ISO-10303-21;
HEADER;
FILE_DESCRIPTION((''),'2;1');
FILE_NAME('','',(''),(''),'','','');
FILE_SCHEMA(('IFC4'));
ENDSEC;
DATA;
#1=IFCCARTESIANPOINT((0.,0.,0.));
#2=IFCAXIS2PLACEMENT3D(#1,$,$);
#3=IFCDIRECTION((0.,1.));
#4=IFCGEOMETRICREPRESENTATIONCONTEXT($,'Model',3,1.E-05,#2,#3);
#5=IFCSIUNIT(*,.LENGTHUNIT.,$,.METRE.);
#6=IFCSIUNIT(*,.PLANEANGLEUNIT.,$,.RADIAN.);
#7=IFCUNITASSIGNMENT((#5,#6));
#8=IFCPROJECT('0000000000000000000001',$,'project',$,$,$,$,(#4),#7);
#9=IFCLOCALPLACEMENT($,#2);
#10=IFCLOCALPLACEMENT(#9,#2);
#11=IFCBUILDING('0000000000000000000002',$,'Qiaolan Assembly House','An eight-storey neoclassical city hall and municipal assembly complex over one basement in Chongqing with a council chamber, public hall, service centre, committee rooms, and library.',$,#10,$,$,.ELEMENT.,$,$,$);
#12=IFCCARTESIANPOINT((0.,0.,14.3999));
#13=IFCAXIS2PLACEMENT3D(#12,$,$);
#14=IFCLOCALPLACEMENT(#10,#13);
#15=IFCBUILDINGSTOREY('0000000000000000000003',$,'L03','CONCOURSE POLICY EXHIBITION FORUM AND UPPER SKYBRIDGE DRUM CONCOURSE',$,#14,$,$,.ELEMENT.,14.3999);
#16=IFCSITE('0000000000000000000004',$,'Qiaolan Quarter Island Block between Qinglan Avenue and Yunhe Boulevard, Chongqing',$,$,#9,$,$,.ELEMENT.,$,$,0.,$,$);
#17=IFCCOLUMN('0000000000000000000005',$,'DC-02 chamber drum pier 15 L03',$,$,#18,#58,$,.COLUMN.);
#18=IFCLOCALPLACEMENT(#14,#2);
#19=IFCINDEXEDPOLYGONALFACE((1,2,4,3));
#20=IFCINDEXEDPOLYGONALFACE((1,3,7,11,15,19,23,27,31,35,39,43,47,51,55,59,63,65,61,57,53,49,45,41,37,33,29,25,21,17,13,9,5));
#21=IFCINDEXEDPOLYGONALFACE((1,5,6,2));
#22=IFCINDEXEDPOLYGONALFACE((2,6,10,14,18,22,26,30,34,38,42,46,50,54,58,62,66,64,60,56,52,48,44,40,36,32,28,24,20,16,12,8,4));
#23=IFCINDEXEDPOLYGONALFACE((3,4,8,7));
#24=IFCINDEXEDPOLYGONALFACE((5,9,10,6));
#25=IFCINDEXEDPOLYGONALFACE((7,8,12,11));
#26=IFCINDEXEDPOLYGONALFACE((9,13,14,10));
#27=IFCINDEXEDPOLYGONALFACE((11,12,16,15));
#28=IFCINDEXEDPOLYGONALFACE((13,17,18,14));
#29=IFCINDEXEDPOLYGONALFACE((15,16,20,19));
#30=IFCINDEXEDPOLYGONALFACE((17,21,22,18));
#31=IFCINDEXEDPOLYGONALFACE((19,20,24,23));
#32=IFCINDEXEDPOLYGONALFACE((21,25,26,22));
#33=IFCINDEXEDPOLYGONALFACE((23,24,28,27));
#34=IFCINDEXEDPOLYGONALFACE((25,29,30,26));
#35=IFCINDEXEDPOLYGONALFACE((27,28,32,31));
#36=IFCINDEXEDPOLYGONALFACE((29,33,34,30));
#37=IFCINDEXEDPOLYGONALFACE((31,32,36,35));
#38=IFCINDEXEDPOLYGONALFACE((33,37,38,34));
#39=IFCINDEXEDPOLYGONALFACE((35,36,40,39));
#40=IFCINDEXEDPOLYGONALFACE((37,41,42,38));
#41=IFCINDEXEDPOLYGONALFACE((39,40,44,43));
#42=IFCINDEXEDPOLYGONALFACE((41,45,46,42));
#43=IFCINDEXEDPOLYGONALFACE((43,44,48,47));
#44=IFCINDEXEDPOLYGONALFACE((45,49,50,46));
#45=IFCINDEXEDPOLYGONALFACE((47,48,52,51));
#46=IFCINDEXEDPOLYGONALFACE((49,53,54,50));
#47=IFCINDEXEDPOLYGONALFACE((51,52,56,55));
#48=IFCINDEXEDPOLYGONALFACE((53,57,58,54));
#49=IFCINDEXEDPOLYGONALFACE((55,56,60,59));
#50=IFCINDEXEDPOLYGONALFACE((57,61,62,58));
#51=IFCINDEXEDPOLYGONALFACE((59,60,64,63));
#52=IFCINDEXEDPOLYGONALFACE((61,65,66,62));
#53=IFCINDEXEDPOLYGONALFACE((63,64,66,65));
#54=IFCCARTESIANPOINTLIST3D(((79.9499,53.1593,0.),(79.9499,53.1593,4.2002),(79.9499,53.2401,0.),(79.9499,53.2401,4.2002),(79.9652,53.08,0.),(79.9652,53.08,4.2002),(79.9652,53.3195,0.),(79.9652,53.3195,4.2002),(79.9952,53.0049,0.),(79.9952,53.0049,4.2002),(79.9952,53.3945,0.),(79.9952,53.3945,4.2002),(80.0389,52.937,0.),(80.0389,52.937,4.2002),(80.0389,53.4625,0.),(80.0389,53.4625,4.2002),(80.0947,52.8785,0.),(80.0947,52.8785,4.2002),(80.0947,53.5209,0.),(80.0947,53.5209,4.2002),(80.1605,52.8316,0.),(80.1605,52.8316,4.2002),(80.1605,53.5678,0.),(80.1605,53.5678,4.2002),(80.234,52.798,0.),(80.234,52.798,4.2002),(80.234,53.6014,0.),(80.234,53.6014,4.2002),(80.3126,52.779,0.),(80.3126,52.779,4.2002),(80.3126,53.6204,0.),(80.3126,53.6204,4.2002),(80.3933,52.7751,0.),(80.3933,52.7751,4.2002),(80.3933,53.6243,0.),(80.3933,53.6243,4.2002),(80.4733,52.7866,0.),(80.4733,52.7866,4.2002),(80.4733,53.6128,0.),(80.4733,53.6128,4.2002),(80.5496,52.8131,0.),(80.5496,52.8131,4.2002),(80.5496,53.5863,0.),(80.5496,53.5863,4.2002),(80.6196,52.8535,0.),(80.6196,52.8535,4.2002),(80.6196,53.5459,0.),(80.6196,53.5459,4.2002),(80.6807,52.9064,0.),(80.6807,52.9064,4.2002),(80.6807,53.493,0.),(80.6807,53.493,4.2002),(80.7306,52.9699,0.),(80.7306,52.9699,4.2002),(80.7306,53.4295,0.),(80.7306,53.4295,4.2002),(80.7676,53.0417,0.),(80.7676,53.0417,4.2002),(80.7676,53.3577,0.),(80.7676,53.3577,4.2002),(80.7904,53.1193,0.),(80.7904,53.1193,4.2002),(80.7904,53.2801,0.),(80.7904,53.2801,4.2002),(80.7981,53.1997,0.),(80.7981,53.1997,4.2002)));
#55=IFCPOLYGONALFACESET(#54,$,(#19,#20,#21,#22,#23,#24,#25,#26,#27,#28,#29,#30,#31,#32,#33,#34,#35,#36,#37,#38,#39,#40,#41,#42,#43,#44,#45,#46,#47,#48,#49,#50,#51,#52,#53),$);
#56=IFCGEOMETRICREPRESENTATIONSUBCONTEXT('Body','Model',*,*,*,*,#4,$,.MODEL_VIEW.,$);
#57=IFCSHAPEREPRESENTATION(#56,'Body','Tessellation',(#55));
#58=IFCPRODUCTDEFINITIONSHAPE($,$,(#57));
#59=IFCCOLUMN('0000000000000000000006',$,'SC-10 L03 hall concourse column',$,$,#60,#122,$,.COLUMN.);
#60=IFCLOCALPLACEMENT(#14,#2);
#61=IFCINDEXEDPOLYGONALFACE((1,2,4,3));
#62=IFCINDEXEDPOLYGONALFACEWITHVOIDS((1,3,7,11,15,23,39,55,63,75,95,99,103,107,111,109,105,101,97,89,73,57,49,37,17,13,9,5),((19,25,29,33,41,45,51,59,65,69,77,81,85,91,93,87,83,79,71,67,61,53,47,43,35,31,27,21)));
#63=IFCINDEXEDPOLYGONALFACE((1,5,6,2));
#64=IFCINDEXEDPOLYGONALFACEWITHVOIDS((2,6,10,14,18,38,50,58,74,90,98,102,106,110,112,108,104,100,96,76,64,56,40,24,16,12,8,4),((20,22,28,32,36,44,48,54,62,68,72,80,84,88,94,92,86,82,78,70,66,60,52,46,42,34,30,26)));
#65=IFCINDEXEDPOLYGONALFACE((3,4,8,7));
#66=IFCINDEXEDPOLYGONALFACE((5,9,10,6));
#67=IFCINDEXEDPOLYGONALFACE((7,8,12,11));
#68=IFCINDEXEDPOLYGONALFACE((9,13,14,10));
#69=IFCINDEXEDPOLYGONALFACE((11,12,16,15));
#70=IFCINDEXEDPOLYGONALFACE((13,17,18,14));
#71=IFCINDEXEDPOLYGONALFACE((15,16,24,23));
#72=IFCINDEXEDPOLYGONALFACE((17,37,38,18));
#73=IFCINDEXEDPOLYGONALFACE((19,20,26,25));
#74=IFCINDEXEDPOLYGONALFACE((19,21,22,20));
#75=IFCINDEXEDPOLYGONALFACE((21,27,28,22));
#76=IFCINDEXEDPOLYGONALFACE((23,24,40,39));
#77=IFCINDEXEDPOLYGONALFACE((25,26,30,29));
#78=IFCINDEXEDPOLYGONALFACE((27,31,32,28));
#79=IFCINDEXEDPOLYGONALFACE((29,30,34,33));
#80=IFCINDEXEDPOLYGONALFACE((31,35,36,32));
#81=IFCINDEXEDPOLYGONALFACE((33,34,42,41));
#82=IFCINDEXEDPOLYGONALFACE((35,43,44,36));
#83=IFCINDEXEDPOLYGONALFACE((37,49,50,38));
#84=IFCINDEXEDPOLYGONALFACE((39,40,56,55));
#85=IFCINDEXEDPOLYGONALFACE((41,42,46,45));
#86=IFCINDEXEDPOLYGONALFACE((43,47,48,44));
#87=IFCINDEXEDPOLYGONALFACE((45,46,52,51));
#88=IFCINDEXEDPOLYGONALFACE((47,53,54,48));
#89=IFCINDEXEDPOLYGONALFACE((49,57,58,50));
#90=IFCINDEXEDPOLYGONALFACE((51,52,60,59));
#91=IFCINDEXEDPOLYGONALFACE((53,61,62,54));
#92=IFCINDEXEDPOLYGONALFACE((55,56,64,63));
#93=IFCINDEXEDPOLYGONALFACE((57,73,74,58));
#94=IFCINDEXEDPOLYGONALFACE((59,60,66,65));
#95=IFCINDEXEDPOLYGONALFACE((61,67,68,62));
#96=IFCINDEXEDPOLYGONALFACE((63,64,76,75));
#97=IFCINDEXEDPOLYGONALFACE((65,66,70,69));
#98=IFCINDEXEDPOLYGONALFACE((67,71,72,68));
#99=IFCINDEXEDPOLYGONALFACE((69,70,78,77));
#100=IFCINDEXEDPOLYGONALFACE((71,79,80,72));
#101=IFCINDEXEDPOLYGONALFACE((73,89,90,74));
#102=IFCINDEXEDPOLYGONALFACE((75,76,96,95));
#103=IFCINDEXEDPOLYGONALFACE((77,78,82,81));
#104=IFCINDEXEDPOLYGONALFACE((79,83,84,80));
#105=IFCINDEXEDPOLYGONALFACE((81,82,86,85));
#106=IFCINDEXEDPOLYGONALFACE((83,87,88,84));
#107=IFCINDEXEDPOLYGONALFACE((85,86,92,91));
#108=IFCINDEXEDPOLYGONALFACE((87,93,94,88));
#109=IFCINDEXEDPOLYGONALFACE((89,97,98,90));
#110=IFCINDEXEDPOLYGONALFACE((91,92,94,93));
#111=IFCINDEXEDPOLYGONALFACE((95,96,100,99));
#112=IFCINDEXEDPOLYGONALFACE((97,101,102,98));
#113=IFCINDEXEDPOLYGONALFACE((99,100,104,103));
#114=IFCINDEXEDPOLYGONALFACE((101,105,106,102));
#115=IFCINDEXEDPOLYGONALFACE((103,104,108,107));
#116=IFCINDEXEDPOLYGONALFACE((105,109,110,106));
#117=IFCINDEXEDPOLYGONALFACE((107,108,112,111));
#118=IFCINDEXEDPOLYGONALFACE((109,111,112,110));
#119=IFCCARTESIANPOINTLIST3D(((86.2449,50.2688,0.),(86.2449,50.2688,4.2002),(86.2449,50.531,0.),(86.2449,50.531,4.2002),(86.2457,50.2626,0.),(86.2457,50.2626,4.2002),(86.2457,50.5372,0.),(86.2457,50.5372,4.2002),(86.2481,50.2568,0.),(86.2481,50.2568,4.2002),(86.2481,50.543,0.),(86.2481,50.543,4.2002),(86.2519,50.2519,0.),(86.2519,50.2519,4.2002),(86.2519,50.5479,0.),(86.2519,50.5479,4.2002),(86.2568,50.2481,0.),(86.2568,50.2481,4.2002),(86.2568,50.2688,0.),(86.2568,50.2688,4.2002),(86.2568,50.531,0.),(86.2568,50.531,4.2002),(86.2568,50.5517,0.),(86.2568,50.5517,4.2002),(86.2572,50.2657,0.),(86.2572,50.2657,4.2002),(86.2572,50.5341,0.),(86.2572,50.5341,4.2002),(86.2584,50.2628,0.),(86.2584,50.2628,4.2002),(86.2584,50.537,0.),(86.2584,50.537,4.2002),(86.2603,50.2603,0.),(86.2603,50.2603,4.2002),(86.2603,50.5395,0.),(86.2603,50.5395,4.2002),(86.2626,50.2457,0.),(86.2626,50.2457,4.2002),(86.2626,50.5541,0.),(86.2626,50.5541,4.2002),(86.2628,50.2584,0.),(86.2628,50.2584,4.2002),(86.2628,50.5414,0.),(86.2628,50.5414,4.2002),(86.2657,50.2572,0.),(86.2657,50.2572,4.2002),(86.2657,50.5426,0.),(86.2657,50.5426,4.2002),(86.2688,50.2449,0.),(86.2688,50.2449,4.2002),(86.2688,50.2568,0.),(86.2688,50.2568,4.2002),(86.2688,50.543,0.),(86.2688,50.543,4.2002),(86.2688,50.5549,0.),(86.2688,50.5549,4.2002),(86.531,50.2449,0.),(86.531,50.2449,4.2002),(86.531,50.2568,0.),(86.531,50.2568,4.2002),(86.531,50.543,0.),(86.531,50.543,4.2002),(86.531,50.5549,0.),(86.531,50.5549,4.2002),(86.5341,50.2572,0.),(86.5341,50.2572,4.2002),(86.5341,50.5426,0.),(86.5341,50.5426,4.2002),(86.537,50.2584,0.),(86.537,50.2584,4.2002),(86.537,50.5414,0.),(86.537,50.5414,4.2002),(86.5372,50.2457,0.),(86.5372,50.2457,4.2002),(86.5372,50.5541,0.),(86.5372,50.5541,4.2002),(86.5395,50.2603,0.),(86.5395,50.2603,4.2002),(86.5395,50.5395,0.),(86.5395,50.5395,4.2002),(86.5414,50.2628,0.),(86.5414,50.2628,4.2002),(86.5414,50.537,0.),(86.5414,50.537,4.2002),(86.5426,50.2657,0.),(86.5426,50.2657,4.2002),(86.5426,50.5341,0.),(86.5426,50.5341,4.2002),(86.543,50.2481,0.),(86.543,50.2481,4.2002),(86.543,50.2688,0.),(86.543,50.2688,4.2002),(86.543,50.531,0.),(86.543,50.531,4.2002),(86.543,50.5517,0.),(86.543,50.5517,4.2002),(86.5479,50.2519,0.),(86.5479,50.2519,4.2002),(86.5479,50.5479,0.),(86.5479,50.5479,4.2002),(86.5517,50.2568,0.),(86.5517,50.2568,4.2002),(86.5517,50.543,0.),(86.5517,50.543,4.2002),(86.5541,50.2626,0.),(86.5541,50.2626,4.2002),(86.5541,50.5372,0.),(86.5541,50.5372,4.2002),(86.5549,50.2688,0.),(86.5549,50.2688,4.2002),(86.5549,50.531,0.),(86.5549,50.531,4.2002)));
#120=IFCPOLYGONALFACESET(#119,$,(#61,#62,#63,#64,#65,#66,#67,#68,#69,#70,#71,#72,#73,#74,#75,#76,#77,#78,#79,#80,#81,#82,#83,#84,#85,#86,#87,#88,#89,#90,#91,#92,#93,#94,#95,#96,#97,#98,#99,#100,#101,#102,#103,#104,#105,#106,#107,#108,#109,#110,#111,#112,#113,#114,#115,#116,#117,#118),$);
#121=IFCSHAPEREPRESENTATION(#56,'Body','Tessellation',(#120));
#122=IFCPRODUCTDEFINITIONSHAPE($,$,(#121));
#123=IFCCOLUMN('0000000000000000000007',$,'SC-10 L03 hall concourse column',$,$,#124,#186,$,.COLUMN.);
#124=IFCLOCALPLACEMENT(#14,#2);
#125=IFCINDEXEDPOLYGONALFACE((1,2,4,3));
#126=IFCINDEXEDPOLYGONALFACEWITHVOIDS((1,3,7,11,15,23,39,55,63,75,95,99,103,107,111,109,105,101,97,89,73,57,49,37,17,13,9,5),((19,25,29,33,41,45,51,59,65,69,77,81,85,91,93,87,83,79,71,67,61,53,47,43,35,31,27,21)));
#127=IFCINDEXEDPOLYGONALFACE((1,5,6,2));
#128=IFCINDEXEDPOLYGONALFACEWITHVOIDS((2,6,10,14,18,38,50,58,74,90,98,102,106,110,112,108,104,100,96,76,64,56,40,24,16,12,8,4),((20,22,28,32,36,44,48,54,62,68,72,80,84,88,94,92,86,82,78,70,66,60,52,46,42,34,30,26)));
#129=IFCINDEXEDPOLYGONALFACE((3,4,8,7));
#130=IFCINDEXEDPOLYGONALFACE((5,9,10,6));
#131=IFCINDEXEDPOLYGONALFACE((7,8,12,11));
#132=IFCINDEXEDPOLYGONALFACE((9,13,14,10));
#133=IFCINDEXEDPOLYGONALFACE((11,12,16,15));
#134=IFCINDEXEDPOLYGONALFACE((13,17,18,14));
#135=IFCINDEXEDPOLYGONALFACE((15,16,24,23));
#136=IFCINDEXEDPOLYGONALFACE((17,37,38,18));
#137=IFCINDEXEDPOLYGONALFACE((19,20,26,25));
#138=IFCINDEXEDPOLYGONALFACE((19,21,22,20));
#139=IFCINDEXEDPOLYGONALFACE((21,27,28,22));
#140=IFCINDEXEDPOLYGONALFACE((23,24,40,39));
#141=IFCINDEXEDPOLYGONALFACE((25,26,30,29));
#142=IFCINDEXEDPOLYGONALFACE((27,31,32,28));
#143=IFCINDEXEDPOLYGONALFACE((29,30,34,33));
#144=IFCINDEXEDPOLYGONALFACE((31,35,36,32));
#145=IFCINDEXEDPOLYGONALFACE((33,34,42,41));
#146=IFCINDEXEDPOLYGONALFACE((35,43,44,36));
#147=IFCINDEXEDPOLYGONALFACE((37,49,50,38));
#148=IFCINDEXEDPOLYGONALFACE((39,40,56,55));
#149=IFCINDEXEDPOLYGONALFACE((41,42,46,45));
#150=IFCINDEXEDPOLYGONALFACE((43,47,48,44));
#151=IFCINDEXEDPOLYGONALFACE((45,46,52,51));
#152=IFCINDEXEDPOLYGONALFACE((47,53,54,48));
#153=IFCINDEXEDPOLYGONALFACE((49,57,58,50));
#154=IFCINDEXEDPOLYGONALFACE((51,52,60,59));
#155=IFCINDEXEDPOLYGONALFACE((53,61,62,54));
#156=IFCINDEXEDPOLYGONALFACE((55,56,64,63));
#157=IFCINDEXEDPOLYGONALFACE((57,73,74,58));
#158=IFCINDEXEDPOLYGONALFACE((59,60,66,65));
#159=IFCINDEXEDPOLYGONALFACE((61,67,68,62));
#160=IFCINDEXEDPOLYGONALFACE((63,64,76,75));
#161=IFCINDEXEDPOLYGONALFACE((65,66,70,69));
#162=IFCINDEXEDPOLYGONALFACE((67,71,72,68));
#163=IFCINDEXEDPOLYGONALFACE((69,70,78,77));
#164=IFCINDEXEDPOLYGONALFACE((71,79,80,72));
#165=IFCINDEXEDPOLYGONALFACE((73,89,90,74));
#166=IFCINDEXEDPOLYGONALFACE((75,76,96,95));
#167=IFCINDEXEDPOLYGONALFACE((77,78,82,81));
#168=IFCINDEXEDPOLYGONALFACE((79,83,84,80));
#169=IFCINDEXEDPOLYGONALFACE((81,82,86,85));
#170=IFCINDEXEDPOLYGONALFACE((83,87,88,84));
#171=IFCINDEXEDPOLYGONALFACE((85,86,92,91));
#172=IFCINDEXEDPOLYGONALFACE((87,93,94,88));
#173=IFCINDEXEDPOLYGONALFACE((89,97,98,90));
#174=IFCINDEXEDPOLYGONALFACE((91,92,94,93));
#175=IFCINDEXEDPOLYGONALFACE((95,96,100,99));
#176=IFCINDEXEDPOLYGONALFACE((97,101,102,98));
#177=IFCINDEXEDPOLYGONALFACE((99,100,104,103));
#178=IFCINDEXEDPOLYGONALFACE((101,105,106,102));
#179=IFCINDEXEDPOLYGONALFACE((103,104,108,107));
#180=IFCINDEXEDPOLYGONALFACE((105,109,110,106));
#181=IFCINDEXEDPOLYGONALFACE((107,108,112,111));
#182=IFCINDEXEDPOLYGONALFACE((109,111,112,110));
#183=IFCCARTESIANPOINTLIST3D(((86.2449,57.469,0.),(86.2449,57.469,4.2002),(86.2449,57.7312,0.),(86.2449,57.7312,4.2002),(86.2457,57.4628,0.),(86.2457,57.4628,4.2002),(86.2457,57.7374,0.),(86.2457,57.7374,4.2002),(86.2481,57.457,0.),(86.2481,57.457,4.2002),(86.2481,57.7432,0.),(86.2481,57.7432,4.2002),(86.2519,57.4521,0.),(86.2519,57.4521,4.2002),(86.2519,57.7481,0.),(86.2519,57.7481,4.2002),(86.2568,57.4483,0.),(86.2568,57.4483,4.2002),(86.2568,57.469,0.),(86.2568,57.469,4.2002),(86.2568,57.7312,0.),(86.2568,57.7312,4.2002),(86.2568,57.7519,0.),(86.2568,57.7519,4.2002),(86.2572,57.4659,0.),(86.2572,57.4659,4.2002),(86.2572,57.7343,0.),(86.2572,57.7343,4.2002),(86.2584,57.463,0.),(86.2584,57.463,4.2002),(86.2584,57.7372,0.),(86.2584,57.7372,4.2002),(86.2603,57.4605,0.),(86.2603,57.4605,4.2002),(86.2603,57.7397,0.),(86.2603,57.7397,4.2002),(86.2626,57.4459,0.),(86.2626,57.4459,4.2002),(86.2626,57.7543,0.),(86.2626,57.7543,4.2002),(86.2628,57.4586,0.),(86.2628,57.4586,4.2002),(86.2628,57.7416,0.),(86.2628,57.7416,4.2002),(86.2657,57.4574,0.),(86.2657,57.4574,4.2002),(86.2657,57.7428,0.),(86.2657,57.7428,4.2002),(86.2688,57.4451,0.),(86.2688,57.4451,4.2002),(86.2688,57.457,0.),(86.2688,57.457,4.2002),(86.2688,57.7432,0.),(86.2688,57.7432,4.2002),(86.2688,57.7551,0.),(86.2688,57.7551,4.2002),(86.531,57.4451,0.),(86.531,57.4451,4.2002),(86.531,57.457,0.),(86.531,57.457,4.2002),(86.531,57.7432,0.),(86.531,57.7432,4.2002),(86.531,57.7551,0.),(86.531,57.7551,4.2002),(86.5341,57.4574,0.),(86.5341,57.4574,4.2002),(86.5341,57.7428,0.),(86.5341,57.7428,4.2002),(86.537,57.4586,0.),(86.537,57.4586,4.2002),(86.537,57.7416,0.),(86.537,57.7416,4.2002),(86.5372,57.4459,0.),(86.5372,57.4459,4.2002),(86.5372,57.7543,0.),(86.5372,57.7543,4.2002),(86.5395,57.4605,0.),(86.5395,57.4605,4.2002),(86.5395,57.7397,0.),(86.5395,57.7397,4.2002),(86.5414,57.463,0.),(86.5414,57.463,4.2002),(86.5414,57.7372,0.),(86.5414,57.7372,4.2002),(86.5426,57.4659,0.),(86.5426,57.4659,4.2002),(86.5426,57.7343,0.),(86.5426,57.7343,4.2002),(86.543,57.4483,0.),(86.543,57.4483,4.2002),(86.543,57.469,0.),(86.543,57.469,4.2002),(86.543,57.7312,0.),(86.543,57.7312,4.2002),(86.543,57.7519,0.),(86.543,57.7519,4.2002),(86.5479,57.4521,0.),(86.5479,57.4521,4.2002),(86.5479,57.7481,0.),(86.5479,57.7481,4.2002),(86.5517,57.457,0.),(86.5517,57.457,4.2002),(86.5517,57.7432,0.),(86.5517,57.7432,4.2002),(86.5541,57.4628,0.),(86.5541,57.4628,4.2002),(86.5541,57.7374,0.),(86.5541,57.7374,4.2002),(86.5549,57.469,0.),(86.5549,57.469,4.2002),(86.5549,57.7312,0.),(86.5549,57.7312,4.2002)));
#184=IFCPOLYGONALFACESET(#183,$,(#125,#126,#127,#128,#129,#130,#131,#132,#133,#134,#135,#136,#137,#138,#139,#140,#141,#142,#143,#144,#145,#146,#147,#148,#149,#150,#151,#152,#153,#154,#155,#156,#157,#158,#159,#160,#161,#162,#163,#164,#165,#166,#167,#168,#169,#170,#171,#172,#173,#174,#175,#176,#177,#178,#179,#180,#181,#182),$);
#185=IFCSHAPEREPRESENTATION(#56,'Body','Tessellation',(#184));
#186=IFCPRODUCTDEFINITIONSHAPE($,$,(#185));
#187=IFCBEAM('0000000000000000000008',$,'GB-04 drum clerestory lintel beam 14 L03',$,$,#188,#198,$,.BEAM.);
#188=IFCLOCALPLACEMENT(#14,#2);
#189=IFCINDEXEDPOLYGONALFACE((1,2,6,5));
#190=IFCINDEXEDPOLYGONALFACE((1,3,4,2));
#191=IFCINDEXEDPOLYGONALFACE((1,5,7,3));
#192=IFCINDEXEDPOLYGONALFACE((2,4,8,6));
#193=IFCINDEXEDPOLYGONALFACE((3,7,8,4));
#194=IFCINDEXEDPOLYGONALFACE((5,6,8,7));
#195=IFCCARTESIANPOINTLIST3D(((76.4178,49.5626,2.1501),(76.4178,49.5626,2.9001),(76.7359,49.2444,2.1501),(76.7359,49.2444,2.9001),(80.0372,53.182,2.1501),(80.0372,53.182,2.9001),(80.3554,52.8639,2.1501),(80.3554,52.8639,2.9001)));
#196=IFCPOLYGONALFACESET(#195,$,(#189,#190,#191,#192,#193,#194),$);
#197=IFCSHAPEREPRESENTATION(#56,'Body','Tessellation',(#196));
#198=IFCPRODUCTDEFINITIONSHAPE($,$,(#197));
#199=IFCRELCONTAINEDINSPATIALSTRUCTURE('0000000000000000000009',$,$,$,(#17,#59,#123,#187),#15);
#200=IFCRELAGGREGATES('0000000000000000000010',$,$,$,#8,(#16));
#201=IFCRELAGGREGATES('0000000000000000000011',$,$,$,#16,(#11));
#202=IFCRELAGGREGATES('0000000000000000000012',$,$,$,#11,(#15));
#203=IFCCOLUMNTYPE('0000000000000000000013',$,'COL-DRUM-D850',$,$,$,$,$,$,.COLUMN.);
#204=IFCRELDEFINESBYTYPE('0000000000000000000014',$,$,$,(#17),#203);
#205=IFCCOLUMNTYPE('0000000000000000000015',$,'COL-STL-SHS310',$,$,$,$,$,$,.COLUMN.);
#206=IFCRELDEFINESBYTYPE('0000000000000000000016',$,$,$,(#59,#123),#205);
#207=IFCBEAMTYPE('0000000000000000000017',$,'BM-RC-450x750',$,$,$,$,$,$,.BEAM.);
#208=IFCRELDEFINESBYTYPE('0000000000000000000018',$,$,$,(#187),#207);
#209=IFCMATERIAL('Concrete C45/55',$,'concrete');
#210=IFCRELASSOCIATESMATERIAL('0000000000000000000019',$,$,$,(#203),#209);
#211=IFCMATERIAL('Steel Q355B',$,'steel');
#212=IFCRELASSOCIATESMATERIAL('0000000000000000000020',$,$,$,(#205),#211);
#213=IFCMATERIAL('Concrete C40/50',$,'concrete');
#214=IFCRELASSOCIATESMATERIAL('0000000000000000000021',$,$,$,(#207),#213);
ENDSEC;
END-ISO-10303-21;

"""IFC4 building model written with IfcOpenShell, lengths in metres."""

from ifc_helpers import new_model, si_unit, direction, frame, origin, origin_2d, place, context, subcontext, project, spatial, rectangle, hollow_rectangle, circle, extrude, material, material_profile, profile_set, type_object, element, save


model = new_model("IFC4")

# Units and contexts
model_context = context("Model", 3, precision=1e-05, world=origin(), true_north=direction((0.0, 1.0)))
body_context = subcontext(model_context, "Body", "Model", "MODEL_VIEW")
ifc_project = project(units=[si_unit("LENGTHUNIT", "METRE"), si_unit("PLANEANGLEUNIT", "RADIAN")], contexts=[model_context])

# Site, building, storey
site_placement = place(None, origin())
site = spatial("IfcSite", under=ifc_project, at=site_placement, Name="Qiaolan Quarter Island Block between Qinglan Avenue and Yunhe Boulevard, Chongqing", CompositionType="ELEMENT", RefElevation=0.0)
building_placement = place(site_placement, origin())
building = spatial("IfcBuilding", under=site, at=building_placement, Name="Qiaolan Assembly House", Description="An eight-storey neoclassical city hall and municipal assembly complex over one basement in Chongqing with a council chamber, public hall, service centre, committee rooms, and library.", CompositionType="ELEMENT")
storey_placement = place(building_placement, frame((0.0, 0.0, 14.3999)))
storey = spatial("IfcBuildingStorey", under=building, at=storey_placement, Name="L03", Description="CONCOURSE POLICY EXHIBITION FORUM AND UPPER SKYBRIDGE DRUM CONCOURSE", CompositionType="ELEMENT", Elevation=14.3999)

# Columns
ifc_material_1 = material(Name="Concrete C45/55", Category="concrete")
ifc_material_profile_1 = material_profile(ifc_material_1, circle(Radius=0.425, at=origin_2d()), Name="CIRC D850")
ifc_profile_set_1 = profile_set([ifc_material_profile_1], Name="Concrete C45/55")
column_type_1 = type_object("IfcColumnType", Name="COL-DRUM-D850", PredefinedType="COLUMN", material=ifc_profile_set_1)
column_placement = place(storey_placement, frame((80.373, 53.1997, 0.0), z_axis=(0.0, 0.0, 1.0), x_axis=(1.0, 0.0, 0.0)))
element("IfcColumn", 1, at=column_placement, inside=storey, type_object=column_type_1, Name="DC-02 chamber drum pier 15 L03", PredefinedType="COLUMN", context=body_context, shape_type="SweptSolid", body=[
    extrude(circle(Radius=0.425, at=origin_2d()), origin(), (0.0, 0.0, 1.0), 4.2002),
])
ifc_material_2 = material(Name="Steel Q355B", Category="steel")
ifc_material_profile_2 = material_profile(ifc_material_2, hollow_rectangle(XDim=0.3101, YDim=0.3101, WallThickness=0.012, InnerFilletRadius=0.012, OuterFilletRadius=0.0239, at=origin_2d()), Name="SHS 310x310x12")
ifc_profile_set_2 = profile_set([ifc_material_profile_2], Name="Steel Q355B")
column_type_2 = type_object("IfcColumnType", Name="COL-STL-SHS310", PredefinedType="COLUMN", material=ifc_profile_set_2)
for number, where, z_axis, x_axis, name in (
    (2, (86.3999, 50.3999, 0.0), (0.0, 0.0, 1.0), (1.0, 0.0, 0.0), "SC-10 L03 hall concourse column"),
    (3, (86.3999, 57.6001, 0.0), (0.0, 0.0, 1.0), (1.0, 0.0, 0.0), "SC-10 L03 hall concourse column"),
):
    element("IfcColumn", number, at=place(storey_placement, frame(where, z_axis=z_axis, x_axis=x_axis)), inside=storey, type_object=column_type_2, Name=name, PredefinedType="COLUMN", context=body_context, shape_type="SweptSolid", body=[
        extrude(hollow_rectangle(XDim=0.3101, YDim=0.3101, WallThickness=0.012, InnerFilletRadius=0.012, OuterFilletRadius=0.0239, at=origin_2d()), origin(), (0.0, 0.0, 1.0), 4.2002),
    ])

# Beam
ifc_material_3 = material(Name="Concrete C40/50", Category="concrete")
ifc_material_profile_3 = material_profile(ifc_material_3, rectangle(XDim=0.45, YDim=0.75, at=origin_2d()), Name="RCB 450x750")
ifc_profile_set_3 = profile_set([ifc_material_profile_3], Name="Concrete C40/50")
beam_type_1 = type_object("IfcBeamType", Name="BM-RC-450x750", PredefinedType="BEAM", material=ifc_profile_set_3)
beam_1_placement = place(storey_placement, frame((80.1963, 53.0229, 2.5251), z_axis=(-0.707107, -0.707107, 0.0), x_axis=(0.707107, -0.707107, 0.0)))
element("IfcBeam", 4, at=beam_1_placement, inside=storey, type_object=beam_type_1, Name="GB-04 drum clerestory lintel beam 14 L03", PredefinedType="BEAM", context=body_context, shape_type="SweptSolid", body=[
    extrude(rectangle(XDim=0.45, YDim=0.75, at=origin_2d()), origin(), (0.0, 0.0, 1.0), 5.1187),
])

save(model, "model.ifc")
